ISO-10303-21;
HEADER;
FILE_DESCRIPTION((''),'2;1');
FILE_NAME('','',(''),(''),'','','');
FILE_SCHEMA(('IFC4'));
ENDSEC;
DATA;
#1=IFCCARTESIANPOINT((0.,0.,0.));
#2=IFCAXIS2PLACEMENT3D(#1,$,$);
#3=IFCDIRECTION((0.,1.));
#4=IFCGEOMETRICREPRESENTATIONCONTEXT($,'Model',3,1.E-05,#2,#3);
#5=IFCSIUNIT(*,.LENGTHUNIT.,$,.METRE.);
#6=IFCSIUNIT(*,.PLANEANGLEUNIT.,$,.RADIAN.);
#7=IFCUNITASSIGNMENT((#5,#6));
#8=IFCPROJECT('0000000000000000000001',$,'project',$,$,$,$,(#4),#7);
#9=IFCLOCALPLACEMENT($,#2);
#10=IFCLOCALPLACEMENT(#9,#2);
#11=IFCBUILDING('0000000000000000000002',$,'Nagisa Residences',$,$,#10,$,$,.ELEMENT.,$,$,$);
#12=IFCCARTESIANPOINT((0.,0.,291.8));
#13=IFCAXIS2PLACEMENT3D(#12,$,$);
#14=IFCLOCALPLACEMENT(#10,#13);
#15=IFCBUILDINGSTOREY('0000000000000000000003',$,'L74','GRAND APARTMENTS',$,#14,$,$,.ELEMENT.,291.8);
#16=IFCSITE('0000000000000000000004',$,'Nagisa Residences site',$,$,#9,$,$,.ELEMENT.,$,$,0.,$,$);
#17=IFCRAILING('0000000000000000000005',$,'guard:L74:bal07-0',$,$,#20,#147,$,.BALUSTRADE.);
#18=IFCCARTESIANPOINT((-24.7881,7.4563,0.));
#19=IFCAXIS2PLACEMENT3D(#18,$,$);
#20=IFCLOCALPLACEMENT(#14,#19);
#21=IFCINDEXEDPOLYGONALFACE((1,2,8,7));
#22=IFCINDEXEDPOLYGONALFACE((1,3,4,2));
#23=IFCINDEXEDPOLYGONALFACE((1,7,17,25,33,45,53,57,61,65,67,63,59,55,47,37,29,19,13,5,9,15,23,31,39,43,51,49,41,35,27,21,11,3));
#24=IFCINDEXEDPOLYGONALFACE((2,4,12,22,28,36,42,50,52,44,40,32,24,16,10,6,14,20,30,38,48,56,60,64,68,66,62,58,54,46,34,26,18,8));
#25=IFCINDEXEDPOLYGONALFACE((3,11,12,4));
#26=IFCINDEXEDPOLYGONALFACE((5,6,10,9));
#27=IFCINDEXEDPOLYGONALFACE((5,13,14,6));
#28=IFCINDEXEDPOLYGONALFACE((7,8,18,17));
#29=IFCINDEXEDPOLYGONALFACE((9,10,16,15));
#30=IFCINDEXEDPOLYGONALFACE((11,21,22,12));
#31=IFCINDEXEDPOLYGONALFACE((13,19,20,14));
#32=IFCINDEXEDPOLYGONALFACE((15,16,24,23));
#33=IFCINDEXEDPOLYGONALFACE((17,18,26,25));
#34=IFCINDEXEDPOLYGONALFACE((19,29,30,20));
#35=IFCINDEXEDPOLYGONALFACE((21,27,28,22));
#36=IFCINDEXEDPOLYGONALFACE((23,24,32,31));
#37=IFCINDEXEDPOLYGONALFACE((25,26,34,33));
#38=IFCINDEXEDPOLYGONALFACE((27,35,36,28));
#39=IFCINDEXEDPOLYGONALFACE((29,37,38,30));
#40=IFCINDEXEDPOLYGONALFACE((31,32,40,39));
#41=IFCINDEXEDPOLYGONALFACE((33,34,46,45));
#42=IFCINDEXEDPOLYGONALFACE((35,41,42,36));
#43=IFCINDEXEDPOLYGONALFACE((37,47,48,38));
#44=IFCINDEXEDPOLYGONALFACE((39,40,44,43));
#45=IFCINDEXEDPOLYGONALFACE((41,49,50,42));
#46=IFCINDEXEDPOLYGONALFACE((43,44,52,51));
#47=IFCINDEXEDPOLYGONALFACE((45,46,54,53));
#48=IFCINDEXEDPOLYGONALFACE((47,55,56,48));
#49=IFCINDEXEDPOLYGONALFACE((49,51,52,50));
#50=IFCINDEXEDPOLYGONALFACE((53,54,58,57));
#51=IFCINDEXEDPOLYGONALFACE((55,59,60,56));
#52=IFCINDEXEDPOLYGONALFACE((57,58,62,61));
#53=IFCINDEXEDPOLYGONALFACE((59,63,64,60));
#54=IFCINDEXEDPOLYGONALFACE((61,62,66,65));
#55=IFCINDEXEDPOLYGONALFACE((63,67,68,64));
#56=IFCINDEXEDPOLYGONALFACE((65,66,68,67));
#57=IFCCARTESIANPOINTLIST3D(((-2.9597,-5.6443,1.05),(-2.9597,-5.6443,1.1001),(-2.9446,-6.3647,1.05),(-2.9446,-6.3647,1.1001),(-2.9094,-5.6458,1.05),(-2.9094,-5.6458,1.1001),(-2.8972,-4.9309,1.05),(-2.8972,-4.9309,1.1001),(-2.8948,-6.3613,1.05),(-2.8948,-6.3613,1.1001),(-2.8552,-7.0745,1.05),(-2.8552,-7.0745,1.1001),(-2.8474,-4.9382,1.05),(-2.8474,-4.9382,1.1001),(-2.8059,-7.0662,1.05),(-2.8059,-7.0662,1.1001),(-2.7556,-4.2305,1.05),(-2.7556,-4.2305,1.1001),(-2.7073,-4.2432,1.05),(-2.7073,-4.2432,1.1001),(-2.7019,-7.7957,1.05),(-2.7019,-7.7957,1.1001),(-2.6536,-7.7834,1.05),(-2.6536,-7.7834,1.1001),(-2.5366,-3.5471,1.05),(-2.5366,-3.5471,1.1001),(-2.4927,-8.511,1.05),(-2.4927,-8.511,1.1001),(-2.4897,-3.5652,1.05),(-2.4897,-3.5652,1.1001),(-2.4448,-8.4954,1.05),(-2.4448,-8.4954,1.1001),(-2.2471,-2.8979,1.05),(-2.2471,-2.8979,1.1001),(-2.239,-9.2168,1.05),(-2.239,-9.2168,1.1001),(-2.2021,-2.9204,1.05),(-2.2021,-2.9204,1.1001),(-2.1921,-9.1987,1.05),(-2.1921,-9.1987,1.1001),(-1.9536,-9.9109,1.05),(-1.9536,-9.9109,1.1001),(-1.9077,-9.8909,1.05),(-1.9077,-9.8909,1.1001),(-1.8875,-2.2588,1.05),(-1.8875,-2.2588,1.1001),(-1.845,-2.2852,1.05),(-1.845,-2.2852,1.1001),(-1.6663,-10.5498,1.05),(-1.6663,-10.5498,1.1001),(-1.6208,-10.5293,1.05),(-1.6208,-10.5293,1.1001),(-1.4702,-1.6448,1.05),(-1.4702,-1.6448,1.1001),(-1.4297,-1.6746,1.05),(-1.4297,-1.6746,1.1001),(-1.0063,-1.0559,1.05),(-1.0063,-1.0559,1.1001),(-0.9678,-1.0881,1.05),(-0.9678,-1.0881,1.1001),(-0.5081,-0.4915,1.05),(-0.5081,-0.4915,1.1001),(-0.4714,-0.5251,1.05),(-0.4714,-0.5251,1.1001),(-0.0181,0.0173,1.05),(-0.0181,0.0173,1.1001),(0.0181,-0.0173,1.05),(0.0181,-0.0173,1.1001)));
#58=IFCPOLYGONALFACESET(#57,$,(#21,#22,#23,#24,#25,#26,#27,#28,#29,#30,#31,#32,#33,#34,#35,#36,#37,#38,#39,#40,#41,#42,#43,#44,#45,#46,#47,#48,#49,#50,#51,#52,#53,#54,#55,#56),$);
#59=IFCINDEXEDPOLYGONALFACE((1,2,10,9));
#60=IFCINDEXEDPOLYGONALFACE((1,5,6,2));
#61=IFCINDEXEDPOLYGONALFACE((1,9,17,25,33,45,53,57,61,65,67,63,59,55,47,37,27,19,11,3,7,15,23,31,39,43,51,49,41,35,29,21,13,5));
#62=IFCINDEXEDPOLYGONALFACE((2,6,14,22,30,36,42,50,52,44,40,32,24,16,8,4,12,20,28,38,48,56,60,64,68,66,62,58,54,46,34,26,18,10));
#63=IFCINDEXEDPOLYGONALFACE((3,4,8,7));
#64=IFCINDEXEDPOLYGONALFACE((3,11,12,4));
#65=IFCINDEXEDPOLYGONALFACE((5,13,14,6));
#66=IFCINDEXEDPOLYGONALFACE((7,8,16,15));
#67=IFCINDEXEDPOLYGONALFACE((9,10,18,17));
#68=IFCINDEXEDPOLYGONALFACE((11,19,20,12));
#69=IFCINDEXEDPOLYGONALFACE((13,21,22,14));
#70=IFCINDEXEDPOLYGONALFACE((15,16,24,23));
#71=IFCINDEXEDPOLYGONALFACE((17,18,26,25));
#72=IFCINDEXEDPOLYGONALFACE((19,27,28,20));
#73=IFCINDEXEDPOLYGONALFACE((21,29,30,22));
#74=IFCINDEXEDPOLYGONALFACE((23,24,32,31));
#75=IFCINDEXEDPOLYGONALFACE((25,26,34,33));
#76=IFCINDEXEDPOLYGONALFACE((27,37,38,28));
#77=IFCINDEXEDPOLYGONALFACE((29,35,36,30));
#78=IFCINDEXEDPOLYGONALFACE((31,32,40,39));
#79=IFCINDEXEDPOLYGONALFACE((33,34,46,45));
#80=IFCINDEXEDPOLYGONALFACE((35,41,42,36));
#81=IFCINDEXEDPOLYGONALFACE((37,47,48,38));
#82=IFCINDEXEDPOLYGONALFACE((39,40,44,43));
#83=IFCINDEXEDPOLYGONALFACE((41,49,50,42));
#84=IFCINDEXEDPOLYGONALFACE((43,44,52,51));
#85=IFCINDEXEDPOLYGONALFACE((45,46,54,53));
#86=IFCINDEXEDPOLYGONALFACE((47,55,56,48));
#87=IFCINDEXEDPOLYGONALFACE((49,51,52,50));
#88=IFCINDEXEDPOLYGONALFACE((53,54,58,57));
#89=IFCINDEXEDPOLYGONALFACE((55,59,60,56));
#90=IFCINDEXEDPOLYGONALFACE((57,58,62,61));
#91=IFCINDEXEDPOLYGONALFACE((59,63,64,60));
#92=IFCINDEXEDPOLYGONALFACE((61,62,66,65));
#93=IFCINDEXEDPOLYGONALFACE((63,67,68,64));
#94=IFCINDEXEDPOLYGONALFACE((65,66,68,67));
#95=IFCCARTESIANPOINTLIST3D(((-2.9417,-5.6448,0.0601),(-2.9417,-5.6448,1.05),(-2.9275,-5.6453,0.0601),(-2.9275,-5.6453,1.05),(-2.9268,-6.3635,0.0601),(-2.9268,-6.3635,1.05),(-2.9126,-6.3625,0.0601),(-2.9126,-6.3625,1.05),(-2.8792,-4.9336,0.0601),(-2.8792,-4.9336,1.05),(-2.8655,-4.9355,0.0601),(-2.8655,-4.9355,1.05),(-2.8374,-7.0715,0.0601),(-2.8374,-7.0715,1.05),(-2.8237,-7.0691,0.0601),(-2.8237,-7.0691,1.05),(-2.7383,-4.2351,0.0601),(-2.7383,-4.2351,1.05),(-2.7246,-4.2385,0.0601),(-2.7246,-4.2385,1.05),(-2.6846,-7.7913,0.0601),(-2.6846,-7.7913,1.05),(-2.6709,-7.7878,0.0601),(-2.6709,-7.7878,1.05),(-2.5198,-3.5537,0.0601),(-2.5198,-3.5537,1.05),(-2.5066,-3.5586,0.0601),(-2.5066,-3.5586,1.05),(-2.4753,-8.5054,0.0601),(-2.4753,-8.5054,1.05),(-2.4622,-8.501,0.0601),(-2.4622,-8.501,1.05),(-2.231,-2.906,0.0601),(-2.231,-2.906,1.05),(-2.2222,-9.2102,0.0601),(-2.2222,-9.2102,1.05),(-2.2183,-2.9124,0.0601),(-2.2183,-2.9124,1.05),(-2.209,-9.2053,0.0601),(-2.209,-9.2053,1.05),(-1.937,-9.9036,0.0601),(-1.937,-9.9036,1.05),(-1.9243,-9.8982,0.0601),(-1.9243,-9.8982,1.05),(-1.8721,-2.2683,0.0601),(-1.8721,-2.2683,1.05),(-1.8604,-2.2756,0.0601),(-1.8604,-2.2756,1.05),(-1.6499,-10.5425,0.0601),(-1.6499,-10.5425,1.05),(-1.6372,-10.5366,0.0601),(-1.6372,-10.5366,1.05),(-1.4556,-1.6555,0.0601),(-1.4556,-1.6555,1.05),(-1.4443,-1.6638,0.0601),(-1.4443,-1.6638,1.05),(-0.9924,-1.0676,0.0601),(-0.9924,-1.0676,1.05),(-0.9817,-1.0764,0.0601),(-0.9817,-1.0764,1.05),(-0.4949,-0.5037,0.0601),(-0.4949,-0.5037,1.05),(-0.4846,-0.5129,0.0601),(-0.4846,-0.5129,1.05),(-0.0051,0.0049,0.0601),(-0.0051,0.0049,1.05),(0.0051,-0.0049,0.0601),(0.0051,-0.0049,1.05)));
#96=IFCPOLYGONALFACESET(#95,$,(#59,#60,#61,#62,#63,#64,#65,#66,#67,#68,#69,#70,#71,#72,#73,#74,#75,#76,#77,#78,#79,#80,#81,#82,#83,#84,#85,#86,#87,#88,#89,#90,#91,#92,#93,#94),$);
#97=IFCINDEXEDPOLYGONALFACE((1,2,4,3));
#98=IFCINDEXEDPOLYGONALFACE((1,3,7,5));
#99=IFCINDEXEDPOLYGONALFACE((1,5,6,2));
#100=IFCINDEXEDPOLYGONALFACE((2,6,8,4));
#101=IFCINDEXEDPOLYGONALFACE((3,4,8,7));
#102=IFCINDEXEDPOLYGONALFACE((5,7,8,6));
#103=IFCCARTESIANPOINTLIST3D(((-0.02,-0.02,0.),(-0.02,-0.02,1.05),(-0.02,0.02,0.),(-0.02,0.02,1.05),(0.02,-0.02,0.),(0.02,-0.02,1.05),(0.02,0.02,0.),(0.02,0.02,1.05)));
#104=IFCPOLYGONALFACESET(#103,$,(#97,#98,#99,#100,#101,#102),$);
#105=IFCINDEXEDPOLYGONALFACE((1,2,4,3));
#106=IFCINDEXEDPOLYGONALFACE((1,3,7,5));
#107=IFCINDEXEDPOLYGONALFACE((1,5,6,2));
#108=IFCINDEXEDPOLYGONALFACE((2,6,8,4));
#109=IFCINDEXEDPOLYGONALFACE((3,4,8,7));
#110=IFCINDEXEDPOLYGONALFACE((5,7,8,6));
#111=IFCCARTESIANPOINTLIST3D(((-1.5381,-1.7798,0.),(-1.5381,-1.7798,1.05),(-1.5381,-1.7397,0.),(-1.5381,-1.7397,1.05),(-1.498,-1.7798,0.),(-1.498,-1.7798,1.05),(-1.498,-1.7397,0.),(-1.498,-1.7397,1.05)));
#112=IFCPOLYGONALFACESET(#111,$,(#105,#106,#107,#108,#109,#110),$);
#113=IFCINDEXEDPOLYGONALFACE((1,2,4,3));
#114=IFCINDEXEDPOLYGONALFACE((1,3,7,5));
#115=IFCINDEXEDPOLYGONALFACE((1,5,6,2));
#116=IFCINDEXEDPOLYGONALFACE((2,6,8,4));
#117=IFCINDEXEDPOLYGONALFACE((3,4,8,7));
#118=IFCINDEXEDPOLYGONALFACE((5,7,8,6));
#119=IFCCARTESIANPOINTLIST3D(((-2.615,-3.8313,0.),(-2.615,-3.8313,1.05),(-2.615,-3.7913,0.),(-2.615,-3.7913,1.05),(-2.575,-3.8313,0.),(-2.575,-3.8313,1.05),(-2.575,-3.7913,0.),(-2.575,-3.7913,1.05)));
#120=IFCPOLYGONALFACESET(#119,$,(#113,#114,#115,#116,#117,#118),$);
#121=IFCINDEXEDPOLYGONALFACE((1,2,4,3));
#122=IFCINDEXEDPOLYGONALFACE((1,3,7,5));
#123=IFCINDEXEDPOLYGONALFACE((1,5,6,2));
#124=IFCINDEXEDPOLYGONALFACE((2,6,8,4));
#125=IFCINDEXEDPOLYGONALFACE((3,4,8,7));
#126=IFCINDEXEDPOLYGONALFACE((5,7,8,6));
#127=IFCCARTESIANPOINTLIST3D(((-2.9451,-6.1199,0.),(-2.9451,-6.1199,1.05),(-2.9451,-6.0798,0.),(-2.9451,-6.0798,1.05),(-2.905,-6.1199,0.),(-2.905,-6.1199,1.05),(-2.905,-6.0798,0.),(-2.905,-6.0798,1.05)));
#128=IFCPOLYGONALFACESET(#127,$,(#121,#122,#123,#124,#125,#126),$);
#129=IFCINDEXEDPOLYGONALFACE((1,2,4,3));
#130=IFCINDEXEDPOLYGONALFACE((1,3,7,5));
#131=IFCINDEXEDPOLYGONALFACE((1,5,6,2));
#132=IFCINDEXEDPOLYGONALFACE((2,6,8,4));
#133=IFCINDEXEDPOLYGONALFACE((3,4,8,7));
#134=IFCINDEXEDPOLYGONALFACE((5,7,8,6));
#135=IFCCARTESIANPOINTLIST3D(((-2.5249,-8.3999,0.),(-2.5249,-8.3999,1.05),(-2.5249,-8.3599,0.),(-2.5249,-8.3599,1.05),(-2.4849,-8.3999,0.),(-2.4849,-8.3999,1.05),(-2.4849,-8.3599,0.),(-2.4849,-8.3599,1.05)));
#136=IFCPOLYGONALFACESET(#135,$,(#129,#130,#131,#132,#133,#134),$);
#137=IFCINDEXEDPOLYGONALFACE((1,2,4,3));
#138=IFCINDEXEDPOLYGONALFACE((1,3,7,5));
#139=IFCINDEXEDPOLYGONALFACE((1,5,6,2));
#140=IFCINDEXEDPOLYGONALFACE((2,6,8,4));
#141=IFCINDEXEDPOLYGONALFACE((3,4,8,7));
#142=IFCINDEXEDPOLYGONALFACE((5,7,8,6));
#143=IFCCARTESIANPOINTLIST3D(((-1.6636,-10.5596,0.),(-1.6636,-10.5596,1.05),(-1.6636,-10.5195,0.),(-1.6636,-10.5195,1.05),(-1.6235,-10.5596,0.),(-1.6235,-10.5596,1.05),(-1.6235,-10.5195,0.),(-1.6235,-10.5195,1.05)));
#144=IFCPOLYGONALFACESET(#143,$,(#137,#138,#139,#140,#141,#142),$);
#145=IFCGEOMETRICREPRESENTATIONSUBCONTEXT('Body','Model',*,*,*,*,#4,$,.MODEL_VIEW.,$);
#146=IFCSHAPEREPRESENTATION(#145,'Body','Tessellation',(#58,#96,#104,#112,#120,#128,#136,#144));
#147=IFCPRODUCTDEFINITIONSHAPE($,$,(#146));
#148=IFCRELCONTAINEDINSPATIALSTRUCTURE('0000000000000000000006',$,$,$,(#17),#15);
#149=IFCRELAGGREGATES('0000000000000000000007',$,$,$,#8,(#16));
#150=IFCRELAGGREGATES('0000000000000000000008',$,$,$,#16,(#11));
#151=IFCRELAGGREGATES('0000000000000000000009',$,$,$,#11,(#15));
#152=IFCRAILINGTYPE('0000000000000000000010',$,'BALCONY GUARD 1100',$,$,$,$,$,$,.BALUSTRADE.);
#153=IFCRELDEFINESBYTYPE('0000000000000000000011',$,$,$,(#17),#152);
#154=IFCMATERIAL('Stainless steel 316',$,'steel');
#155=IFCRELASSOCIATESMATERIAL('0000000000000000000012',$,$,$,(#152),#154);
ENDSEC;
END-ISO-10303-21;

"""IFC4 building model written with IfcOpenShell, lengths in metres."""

from ifc_helpers import new_model, si_unit, direction, frame, origin, origin_2d, place, context, subcontext, project, spatial, polyline, rectangle, outline, extrude, material, type_object, element, save


model = new_model("IFC4")

# Units and contexts
model_context = context("Model", 3, precision=1e-05, world=origin(), true_north=direction((0.0, 1.0)))
body_context = subcontext(model_context, "Body", "Model", "MODEL_VIEW")
ifc_project = project(units=[si_unit("LENGTHUNIT", "METRE"), si_unit("PLANEANGLEUNIT", "RADIAN")], contexts=[model_context])

# Site, building, storey
site_placement = place(None, origin())
site = spatial("IfcSite", under=ifc_project, at=site_placement, Name="Nagisa Residences site", CompositionType="ELEMENT", RefElevation=0.0)
building_placement = place(site_placement, origin())
building = spatial("IfcBuilding", under=site, at=building_placement, Name="Nagisa Residences", CompositionType="ELEMENT")
storey_placement = place(building_placement, frame((0.0, 0.0, 291.8)))
storey = spatial("IfcBuildingStorey", under=building, at=storey_placement, Name="L74", Description="GRAND APARTMENTS", CompositionType="ELEMENT", Elevation=291.8)

# Railing
ifc_material_1 = material(Name="Stainless steel 316", Category="steel")
railing_type = type_object("IfcRailingType", Name="BALCONY GUARD 1100", PredefinedType="BALUSTRADE", material=ifc_material_1)
railing_placement = place(storey_placement, frame((-24.7881, 7.4563, 0.0)))
element("IfcRailing", 1, at=railing_placement, inside=storey, type_object=railing_type, Name="guard:L74:bal07-0", PredefinedType="BALUSTRADE", context=body_context, shape_type="SweptSolid", body=[
    extrude(outline(polyline([(-0.4714, -0.5251), (0.0181, -0.0173), (-0.0181, 0.0173), (-0.5081, -0.4915), (-1.0063, -1.0559), (-1.4702, -1.6448), (-1.8875, -2.2588), (-2.2471, -2.8979), (-2.5366, -3.5471), (-2.7556, -4.2305), (-2.8972, -4.9309), (-2.9597, -5.6443), (-2.9446, -6.3647), (-2.8552, -7.0745), (-2.7019, -7.7957), (-2.4927, -8.511), (-2.239, -9.2168), (-1.9536, -9.9109), (-1.6663, -10.5498), (-1.6208, -10.5293), (-1.9077, -9.8909), (-2.1921, -9.1987), (-2.4448, -8.4954), (-2.6536, -7.7834), (-2.8059, -7.0662), (-2.8948, -6.3613), (-2.9094, -5.6458), (-2.8474, -4.9382), (-2.7073, -4.2432), (-2.4897, -3.5652), (-2.2021, -2.9204), (-1.845, -2.2852), (-1.4297, -1.6746), (-0.9678, -1.0881), (-0.4714, -0.5251)])), frame((0.0, 0.0, 1.05)), (0.0, 0.0, 1.0), 0.05),
    extrude(outline(polyline([(-0.4846, -0.5129), (0.0051, -0.0049), (-0.0051, 0.0049), (-0.4949, -0.5037), (-0.9924, -1.0676), (-1.4556, -1.6555), (-1.8721, -2.2683), (-2.231, -2.906), (-2.5198, -3.5537), (-2.7383, -4.2351), (-2.8792, -4.9336), (-2.9417, -5.6448), (-2.9268, -6.3635), (-2.8374, -7.0715), (-2.6846, -7.7913), (-2.4753, -8.5054), (-2.2222, -9.2102), (-1.937, -9.9036), (-1.6499, -10.5425), (-1.6372, -10.5366), (-1.9243, -9.8982), (-2.209, -9.2053), (-2.4622, -8.501), (-2.6709, -7.7878), (-2.8237, -7.0691), (-2.9126, -6.3625), (-2.9275, -5.6453), (-2.8655, -4.9355), (-2.7246, -4.2385), (-2.5066, -3.5586), (-2.2183, -2.9124), (-1.8604, -2.2756), (-1.4443, -1.6638), (-0.9817, -1.0764), (-0.4846, -0.5129)])), frame((0.0, 0.0, 0.0601)), (0.0, 0.0, 1.0), 0.99),
    extrude(rectangle(XDim=0.04, YDim=0.04, at=origin_2d()), origin(), (0.0, 0.0, 1.0), 1.05),
    extrude(rectangle(XDim=0.04, YDim=0.04, at=origin_2d()), frame((-1.5181, -1.7598, 0.0)), (0.0, 0.0, 1.0), 1.05),
    extrude(rectangle(XDim=0.04, YDim=0.04, at=origin_2d()), frame((-2.595, -3.8113, 0.0)), (0.0, 0.0, 1.0), 1.05),
    extrude(rectangle(XDim=0.04, YDim=0.04, at=origin_2d()), frame((-2.925, -6.0999, 0.0)), (0.0, 0.0, 1.0), 1.05),
    extrude(rectangle(XDim=0.04, YDim=0.04, at=origin_2d()), frame((-2.5049, -8.3799, 0.0)), (0.0, 0.0, 1.0), 1.05),
    extrude(rectangle(XDim=0.04, YDim=0.04, at=origin_2d()), frame((-1.6436, -10.5396, 0.0)), (0.0, 0.0, 1.0), 1.05),
])

save(model, "model.ifc")
